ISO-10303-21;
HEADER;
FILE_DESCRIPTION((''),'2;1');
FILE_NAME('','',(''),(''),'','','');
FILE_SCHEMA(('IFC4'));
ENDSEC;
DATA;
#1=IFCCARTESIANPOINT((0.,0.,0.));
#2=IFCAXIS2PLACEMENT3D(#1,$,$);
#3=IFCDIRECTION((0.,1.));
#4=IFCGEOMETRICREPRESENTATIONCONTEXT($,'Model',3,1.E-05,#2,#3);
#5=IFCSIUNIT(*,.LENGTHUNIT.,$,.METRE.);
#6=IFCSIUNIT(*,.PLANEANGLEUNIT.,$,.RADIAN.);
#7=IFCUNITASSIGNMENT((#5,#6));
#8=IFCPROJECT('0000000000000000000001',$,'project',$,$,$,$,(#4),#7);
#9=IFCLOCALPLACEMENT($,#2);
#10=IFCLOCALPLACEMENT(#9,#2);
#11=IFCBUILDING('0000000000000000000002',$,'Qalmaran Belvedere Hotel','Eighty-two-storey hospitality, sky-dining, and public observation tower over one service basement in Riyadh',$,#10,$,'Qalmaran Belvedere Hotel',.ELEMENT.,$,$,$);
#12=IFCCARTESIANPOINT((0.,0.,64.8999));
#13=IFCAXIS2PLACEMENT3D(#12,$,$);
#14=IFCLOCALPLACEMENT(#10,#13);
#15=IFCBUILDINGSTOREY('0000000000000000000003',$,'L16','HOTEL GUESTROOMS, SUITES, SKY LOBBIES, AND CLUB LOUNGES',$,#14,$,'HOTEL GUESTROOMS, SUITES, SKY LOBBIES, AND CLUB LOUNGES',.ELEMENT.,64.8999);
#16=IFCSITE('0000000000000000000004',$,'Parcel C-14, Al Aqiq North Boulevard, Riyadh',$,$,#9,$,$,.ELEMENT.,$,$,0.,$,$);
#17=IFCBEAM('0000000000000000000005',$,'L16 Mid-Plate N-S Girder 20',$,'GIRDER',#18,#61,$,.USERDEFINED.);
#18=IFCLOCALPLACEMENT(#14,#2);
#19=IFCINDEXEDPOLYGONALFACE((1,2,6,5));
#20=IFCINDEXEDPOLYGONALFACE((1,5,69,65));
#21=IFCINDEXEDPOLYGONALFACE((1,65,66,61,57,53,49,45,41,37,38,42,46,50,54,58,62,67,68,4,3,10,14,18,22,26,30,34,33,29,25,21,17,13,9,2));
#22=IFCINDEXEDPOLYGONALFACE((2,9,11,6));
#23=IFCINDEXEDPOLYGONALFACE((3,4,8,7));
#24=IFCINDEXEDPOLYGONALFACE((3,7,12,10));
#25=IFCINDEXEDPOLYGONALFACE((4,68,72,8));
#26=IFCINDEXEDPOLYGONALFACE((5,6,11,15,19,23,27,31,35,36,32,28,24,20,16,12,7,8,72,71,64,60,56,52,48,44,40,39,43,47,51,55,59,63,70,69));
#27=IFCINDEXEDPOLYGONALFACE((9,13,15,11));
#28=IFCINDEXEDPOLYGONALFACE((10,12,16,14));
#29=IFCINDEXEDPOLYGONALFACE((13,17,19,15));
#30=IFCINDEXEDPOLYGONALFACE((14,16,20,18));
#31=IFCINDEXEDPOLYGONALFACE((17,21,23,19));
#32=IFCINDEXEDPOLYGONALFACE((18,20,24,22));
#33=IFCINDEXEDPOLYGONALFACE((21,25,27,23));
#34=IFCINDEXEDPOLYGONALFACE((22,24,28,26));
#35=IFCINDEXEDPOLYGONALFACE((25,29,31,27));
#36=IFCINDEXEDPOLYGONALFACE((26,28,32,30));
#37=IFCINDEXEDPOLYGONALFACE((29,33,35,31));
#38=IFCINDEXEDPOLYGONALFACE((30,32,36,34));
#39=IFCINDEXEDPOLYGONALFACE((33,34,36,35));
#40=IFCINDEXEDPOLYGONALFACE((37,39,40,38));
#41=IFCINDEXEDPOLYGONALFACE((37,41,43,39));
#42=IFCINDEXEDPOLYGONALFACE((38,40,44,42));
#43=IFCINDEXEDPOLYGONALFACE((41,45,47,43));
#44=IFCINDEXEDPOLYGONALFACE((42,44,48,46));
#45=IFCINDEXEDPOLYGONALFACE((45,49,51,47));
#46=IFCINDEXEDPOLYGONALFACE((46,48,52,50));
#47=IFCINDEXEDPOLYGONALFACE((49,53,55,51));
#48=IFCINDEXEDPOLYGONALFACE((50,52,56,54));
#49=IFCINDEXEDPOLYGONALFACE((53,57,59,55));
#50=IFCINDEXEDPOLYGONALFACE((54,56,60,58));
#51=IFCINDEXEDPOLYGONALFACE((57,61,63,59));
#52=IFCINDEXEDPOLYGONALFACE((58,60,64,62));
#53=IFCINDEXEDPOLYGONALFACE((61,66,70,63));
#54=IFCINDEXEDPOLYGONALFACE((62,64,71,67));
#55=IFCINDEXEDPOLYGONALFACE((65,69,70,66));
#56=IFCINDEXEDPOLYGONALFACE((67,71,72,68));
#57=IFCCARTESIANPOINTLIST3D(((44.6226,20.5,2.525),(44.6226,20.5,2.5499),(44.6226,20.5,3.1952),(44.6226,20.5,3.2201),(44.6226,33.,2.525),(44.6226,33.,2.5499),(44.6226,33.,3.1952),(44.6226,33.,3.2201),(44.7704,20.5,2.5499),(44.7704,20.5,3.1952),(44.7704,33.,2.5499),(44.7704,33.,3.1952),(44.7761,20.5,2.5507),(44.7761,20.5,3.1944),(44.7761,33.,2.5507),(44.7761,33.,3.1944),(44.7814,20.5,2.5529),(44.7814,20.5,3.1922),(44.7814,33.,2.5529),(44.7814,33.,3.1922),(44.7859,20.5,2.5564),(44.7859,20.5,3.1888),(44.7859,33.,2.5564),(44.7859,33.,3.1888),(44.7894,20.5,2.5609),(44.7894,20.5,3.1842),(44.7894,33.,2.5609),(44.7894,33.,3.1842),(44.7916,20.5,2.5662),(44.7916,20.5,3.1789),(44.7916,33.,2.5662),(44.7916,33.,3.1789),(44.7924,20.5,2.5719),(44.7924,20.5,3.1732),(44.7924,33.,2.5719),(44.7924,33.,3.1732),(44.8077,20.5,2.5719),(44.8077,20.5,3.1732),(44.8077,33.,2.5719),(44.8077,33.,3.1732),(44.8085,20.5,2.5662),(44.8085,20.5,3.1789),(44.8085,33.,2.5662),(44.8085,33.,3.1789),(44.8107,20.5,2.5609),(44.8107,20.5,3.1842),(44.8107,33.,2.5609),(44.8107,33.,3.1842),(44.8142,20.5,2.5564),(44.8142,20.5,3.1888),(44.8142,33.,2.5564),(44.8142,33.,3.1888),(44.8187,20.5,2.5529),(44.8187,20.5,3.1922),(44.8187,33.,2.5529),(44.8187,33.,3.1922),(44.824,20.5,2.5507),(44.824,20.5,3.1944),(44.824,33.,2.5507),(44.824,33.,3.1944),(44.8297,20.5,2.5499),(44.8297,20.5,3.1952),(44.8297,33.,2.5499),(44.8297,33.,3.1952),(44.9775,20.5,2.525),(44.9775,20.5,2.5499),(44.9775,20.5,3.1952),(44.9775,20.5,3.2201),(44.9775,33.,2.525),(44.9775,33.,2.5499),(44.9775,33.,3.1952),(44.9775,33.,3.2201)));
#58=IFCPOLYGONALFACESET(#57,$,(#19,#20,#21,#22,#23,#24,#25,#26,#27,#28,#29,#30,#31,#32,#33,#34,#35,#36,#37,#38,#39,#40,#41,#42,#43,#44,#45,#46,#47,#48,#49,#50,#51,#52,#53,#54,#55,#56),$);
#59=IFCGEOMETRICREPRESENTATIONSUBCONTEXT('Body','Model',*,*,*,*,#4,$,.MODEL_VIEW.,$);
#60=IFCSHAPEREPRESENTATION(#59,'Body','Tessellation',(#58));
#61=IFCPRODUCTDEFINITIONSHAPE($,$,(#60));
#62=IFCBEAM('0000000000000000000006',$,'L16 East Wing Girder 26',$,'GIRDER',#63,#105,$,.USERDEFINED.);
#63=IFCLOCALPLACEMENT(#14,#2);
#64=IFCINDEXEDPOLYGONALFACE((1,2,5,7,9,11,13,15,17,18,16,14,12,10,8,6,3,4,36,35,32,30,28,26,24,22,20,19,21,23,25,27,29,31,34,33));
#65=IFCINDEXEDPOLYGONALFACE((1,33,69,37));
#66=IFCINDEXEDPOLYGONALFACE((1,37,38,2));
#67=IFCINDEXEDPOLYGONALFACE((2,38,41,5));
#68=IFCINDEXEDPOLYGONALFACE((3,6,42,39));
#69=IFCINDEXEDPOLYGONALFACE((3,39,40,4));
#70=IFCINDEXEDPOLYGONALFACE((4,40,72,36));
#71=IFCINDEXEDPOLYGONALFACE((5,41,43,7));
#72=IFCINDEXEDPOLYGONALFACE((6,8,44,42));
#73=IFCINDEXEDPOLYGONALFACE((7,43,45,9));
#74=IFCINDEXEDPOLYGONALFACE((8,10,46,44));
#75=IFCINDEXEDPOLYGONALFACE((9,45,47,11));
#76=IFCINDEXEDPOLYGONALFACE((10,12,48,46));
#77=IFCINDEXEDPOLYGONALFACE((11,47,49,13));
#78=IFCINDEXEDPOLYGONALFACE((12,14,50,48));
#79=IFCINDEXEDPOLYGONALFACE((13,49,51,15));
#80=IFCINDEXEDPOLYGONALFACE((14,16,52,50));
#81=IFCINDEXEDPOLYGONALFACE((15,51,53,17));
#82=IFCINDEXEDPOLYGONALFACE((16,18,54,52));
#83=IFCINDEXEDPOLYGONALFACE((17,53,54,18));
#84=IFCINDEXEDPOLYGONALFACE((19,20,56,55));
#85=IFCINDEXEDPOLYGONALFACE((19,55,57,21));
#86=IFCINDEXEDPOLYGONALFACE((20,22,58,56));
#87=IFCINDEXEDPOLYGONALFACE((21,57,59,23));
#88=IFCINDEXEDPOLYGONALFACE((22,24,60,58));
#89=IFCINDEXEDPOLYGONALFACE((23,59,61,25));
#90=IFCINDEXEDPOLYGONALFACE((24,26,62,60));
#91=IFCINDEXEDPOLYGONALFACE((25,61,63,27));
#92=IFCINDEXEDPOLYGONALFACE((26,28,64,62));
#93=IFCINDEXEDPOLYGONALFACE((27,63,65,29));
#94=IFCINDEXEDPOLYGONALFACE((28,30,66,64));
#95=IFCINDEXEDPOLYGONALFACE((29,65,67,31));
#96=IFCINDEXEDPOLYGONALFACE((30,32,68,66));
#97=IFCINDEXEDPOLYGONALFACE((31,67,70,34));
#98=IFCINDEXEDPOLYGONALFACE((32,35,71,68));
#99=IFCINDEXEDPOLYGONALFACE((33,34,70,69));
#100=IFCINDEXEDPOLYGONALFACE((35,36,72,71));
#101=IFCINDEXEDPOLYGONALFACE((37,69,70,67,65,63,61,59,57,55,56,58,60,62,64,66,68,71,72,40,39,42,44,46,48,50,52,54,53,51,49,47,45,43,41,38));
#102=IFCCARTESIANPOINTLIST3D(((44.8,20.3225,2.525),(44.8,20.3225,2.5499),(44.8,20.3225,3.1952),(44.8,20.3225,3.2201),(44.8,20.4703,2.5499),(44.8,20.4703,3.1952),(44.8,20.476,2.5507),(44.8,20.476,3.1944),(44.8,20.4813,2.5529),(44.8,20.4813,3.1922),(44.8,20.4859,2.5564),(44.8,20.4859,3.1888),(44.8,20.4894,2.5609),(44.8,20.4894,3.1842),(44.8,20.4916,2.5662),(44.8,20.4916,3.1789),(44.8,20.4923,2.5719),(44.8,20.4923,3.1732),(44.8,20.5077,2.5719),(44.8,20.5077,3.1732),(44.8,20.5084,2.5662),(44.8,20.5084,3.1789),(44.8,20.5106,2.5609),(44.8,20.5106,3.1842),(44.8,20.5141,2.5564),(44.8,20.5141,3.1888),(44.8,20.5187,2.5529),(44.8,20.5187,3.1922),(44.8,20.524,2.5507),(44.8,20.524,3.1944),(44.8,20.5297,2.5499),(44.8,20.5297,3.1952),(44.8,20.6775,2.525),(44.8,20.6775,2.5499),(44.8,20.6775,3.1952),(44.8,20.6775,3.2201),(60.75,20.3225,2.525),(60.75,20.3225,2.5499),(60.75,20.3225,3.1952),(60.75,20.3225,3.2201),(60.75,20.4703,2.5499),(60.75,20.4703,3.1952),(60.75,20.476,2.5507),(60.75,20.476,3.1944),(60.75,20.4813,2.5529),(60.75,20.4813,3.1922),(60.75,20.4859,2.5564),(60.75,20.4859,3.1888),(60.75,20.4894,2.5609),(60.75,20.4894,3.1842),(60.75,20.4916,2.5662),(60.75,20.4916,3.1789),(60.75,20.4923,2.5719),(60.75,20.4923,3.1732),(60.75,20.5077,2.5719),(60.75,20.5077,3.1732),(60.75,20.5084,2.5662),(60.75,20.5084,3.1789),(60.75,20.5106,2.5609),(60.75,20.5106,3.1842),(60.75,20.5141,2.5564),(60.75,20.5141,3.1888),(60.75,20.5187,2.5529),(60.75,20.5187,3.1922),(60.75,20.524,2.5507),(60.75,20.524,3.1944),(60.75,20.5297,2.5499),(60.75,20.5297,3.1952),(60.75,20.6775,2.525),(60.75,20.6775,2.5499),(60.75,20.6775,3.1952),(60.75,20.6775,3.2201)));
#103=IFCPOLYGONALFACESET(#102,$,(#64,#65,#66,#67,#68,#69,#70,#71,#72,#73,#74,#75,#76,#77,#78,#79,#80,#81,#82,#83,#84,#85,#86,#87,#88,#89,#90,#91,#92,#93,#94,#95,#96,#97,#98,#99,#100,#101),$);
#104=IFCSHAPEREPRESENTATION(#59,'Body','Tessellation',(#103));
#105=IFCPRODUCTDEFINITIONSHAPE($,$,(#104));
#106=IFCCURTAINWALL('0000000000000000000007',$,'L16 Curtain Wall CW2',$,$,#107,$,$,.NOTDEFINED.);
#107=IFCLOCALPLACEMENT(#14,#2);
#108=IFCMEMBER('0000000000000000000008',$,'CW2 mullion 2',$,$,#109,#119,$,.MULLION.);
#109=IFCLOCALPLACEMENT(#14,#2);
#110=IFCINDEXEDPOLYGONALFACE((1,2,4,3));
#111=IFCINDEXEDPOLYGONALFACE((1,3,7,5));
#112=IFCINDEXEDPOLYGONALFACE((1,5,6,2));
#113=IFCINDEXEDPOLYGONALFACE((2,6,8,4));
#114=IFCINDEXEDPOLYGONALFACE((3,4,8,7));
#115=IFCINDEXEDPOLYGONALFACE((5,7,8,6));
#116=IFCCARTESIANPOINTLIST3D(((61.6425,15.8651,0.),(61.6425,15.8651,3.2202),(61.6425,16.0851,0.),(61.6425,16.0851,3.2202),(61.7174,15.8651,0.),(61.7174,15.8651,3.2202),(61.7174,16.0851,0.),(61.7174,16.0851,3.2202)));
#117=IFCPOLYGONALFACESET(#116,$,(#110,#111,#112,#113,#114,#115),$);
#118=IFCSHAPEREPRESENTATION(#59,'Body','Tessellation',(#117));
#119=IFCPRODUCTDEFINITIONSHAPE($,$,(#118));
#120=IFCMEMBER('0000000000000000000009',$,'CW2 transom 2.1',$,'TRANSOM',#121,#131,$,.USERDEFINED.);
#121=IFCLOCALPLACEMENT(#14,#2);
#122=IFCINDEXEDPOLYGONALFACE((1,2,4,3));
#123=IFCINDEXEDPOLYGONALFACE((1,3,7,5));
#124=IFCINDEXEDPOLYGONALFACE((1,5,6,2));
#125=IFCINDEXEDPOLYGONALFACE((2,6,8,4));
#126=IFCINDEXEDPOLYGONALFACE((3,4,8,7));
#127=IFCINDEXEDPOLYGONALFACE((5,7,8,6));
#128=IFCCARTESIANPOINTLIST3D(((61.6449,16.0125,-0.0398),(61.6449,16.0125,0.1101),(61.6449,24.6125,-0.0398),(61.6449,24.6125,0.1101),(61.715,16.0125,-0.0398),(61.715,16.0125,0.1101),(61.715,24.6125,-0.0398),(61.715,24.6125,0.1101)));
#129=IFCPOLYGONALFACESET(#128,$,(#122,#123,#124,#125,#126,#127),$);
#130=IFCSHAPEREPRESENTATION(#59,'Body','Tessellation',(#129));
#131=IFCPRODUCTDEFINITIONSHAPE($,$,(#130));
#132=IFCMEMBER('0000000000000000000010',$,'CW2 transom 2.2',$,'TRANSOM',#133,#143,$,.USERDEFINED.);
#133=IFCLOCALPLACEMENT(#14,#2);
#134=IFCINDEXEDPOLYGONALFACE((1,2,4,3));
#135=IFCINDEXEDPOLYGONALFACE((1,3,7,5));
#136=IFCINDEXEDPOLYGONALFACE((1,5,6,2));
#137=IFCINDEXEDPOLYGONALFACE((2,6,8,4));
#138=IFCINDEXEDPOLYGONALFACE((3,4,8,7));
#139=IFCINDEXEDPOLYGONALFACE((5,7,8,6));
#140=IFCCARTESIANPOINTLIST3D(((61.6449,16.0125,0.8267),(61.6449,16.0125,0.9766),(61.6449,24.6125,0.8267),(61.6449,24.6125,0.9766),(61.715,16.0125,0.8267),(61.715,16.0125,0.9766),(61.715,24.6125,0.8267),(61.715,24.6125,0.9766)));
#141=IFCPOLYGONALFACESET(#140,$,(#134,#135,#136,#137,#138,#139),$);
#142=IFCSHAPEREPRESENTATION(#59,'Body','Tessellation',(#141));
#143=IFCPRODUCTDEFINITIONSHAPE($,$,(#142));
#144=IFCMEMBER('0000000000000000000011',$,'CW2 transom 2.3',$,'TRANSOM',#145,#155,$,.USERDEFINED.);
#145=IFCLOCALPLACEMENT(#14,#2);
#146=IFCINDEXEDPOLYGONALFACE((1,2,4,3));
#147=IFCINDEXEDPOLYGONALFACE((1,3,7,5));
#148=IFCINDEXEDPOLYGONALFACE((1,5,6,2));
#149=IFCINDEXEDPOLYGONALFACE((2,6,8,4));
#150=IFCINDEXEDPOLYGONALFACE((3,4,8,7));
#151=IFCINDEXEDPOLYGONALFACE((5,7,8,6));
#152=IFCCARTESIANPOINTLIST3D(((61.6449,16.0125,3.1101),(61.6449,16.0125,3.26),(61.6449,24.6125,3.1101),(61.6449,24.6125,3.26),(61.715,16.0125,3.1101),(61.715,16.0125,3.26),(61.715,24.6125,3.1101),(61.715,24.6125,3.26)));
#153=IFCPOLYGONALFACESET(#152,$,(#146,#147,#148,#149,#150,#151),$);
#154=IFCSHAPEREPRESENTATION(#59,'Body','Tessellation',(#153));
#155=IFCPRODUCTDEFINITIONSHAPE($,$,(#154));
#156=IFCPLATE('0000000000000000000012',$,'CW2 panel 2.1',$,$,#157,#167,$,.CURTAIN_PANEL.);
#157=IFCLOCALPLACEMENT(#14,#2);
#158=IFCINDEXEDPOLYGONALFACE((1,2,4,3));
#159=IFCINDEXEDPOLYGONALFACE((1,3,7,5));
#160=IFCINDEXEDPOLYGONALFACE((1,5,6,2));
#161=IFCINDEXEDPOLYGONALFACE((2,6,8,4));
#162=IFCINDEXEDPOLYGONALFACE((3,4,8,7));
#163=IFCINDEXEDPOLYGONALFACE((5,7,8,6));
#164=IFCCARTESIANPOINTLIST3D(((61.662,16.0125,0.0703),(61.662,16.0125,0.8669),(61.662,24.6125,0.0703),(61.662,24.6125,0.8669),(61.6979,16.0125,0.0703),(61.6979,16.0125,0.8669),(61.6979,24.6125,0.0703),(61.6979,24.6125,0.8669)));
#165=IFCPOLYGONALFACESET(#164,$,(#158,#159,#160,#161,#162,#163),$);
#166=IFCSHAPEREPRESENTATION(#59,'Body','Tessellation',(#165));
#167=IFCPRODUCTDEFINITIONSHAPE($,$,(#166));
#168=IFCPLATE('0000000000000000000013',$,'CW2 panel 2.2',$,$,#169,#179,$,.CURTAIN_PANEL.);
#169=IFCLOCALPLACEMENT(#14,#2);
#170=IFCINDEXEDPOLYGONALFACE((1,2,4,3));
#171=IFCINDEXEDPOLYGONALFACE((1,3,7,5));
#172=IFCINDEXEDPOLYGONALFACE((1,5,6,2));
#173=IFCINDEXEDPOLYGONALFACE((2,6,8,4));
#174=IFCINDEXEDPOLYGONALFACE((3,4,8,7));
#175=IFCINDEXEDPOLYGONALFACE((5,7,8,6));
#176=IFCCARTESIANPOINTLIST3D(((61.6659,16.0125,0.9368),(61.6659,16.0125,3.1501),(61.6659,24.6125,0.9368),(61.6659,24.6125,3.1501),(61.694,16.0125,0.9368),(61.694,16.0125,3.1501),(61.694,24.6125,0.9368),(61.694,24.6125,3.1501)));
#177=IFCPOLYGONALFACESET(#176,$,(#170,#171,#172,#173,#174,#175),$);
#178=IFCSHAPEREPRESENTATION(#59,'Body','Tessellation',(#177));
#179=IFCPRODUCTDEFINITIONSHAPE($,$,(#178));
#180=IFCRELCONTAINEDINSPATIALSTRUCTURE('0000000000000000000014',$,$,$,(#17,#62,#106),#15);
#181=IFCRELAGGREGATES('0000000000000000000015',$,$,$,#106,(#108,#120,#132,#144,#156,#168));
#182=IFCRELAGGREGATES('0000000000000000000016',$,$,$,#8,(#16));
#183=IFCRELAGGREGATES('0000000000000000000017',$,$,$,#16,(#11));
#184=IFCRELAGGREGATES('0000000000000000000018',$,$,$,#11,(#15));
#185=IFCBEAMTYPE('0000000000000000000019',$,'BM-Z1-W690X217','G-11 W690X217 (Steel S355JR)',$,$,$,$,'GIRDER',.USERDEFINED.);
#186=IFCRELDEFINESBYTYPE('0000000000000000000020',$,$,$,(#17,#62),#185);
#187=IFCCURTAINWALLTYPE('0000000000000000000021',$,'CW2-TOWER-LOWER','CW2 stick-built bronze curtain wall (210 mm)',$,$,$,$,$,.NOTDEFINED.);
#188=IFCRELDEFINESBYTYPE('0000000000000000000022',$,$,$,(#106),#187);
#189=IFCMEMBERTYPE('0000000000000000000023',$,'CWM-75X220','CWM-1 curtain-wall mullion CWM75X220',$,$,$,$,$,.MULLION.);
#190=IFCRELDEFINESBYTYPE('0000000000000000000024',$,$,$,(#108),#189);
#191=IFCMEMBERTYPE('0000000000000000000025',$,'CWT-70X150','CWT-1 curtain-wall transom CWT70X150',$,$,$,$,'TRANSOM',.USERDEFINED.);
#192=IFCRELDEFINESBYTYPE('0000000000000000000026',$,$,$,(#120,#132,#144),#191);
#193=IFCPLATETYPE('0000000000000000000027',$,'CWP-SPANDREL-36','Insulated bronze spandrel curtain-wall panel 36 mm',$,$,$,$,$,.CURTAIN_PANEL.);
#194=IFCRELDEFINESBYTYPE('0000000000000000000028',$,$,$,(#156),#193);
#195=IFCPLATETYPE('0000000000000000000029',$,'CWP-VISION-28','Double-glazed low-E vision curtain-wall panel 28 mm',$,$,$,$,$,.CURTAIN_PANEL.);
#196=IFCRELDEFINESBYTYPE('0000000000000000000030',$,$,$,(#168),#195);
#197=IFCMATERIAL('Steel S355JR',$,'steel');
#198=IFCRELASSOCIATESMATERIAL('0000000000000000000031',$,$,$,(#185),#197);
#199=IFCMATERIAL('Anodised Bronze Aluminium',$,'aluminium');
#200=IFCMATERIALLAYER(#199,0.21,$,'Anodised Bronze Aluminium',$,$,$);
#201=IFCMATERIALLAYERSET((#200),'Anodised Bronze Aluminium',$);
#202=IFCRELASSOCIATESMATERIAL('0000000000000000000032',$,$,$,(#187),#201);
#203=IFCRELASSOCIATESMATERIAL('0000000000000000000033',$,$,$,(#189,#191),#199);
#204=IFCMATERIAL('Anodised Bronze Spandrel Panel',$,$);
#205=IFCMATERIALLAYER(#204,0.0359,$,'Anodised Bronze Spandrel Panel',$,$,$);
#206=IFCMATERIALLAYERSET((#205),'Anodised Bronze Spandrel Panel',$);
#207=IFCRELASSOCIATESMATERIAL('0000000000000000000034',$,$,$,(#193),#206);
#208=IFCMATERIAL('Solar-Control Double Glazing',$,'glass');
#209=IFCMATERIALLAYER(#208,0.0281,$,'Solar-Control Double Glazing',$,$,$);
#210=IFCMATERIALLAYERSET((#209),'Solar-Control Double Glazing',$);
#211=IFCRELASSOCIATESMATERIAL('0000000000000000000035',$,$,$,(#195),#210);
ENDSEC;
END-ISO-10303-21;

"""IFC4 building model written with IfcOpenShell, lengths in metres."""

from ifc_helpers import new_model, si_unit, direction, frame, origin, origin_2d, place, context, subcontext, project, spatial, rectangle, i_section, extrude, material, layer, layer_set, material_profile, profile_set, type_object, element, aggregate, save


model = new_model("IFC4")

# Units and contexts
model_context = context("Model", 3, precision=1e-05, world=origin(), true_north=direction((0.0, 1.0)))
body_context = subcontext(model_context, "Body", "Model", "MODEL_VIEW")
ifc_project = project(units=[si_unit("LENGTHUNIT", "METRE"), si_unit("PLANEANGLEUNIT", "RADIAN")], contexts=[model_context])

# Site, building, storey
site_placement = place(None, origin())
site = spatial("IfcSite", under=ifc_project, at=site_placement, Name="Parcel C-14, Al Aqiq North Boulevard, Riyadh", CompositionType="ELEMENT", RefElevation=0.0)
building_placement = place(site_placement, origin())
building = spatial("IfcBuilding", under=site, at=building_placement, Name="Qalmaran Belvedere Hotel", Description="Eighty-two-storey hospitality, sky-dining, and public observation tower over one service basement in Riyadh", LongName="Qalmaran Belvedere Hotel", CompositionType="ELEMENT")
storey_placement = place(building_placement, frame((0.0, 0.0, 64.8999)))
storey = spatial("IfcBuildingStorey", under=building, at=storey_placement, Name="L16", Description="HOTEL GUESTROOMS, SUITES, SKY LOBBIES, AND CLUB LOUNGES", LongName="HOTEL GUESTROOMS, SUITES, SKY LOBBIES, AND CLUB LOUNGES", CompositionType="ELEMENT", Elevation=64.8999)

# Beams
ifc_material_1 = material(Name="Steel S355JR", Category="steel")
ifc_material_profile_1 = material_profile(ifc_material_1, i_section(OverallWidth=0.355, OverallDepth=0.6951, WebThickness=0.0154, FlangeThickness=0.0249, FilletRadius=0.022, at=origin_2d()), Name="W690X217")
ifc_profile_set_1 = profile_set([ifc_material_profile_1], Name="Steel S355JR")
beam_type_1 = type_object("IfcBeamType", Name="BM-Z1-W690X217", Description="G-11 W690X217 (Steel S355JR)", ElementType="GIRDER", PredefinedType="USERDEFINED", material=ifc_profile_set_1)
beam_1_placement = place(storey_placement, frame((44.8, 20.5, 2.8726), z_axis=(0.0, 1.0, 0.0), x_axis=(-1.0, 0.0, 0.0)))
element("IfcBeam", 1, at=beam_1_placement, inside=storey, type_object=beam_type_1, Name="L16 Mid-Plate N-S Girder 20", ObjectType="GIRDER", PredefinedType="USERDEFINED", context=body_context, shape_type="SweptSolid", body=[
    extrude(i_section(OverallWidth=0.355, OverallDepth=0.6951, WebThickness=0.0154, FlangeThickness=0.0249, FilletRadius=0.022, at=origin_2d()), origin(), (0.0, 0.0, 1.0), 12.5),
])
beam_2_placement = place(storey_placement, frame((44.8, 20.5, 2.8726), z_axis=(1.0, 0.0, 0.0), x_axis=(0.0, 1.0, 0.0)))
element("IfcBeam", 2, at=beam_2_placement, inside=storey, type_object=beam_type_1, Name="L16 East Wing Girder 26", ObjectType="GIRDER", PredefinedType="USERDEFINED", context=body_context, shape_type="SweptSolid", body=[
    extrude(i_section(OverallWidth=0.355, OverallDepth=0.6951, WebThickness=0.0154, FlangeThickness=0.0249, FilletRadius=0.022, at=origin_2d()), origin(), (0.0, 0.0, 1.0), 15.95),
])

# Curtain wall, members, plates
ifc_material_2 = material(Name="Anodised Bronze Aluminium", Category="aluminium")
ifc_layer_1 = layer(ifc_material_2, 0.21, Name="Anodised Bronze Aluminium")
ifc_layer_set_1 = layer_set([ifc_layer_1], Name="Anodised Bronze Aluminium")
curtain_wall_type = type_object("IfcCurtainWallType", Name="CW2-TOWER-LOWER", Description="CW2 stick-built bronze curtain wall (210 mm)", PredefinedType="NOTDEFINED", material=ifc_layer_set_1)
curtain_wall_placement = place(storey_placement, origin())
curtain_wall = element("IfcCurtainWall", 3, at=curtain_wall_placement, inside=storey, type_object=curtain_wall_type, Name="L16 Curtain Wall CW2", PredefinedType="NOTDEFINED")
ifc_material_profile_2 = material_profile(ifc_material_2, rectangle(XDim=0.075, YDim=0.22, at=origin_2d()), Name="CWM75X220")
ifc_profile_set_2 = profile_set([ifc_material_profile_2], Name="Anodised Bronze Aluminium")
member_type_1 = type_object("IfcMemberType", Name="CWM-75X220", Description="CWM-1 curtain-wall mullion CWM75X220", PredefinedType="MULLION", material=ifc_profile_set_2)
member_1_placement = place(storey_placement, frame((61.6799, 15.9751, 0.0), z_axis=(0.0, 0.0, 1.0), x_axis=(-1.0, 0.0, 0.0)))
member_1 = element("IfcMember", 4, at=member_1_placement, type_object=member_type_1, Name="CW2 mullion 2", PredefinedType="MULLION", context=body_context, shape_type="SweptSolid", body=[
    extrude(rectangle(XDim=0.075, YDim=0.22, at=origin_2d()), origin(), (0.0, 0.0, 1.0), 3.2202),
])
ifc_material_profile_3 = material_profile(ifc_material_2, rectangle(XDim=0.0701, YDim=0.1499, at=origin_2d()), Name="CWT70X150")
ifc_profile_set_3 = profile_set([ifc_material_profile_3], Name="Anodised Bronze Aluminium")
member_type_2 = type_object("IfcMemberType", Name="CWT-70X150", Description="CWT-1 curtain-wall transom CWT70X150", ElementType="TRANSOM", PredefinedType="USERDEFINED", material=ifc_profile_set_3)
member_2_placement = place(storey_placement, frame((61.6799, 16.0125, 0.0352), z_axis=(0.0, 1.0, 0.0), x_axis=(-1.0, 0.0, 0.0)))
member_2 = element("IfcMember", 5, at=member_2_placement, type_object=member_type_2, Name="CW2 transom 2.1", ObjectType="TRANSOM", PredefinedType="USERDEFINED", context=body_context, shape_type="SweptSolid", body=[
    extrude(rectangle(XDim=0.0701, YDim=0.1499, at=origin_2d()), origin(), (0.0, 0.0, 1.0), 8.6001),
])
member_3_placement = place(storey_placement, frame((61.6799, 16.0125, 0.9016), z_axis=(0.0, 1.0, 0.0), x_axis=(-1.0, 0.0, 0.0)))
member_3 = element("IfcMember", 6, at=member_3_placement, type_object=member_type_2, Name="CW2 transom 2.2", ObjectType="TRANSOM", PredefinedType="USERDEFINED", context=body_context, shape_type="SweptSolid", body=[
    extrude(rectangle(XDim=0.0701, YDim=0.1499, at=origin_2d()), origin(), (0.0, 0.0, 1.0), 8.6001),
])
member_4_placement = place(storey_placement, frame((61.6799, 16.0125, 3.1851), z_axis=(0.0, 1.0, 0.0), x_axis=(-1.0, 0.0, 0.0)))
member_4 = element("IfcMember", 7, at=member_4_placement, type_object=member_type_2, Name="CW2 transom 2.3", ObjectType="TRANSOM", PredefinedType="USERDEFINED", context=body_context, shape_type="SweptSolid", body=[
    extrude(rectangle(XDim=0.0701, YDim=0.1499, at=origin_2d()), origin(), (0.0, 0.0, 1.0), 8.6001),
])
ifc_material_3 = material(Name="Anodised Bronze Spandrel Panel")
ifc_layer_2 = layer(ifc_material_3, 0.0359, Name="Anodised Bronze Spandrel Panel")
ifc_layer_set_2 = layer_set([ifc_layer_2], Name="Anodised Bronze Spandrel Panel")
plate_type_1 = type_object("IfcPlateType", Name="CWP-SPANDREL-36", Description="Insulated bronze spandrel curtain-wall panel 36 mm", PredefinedType="CURTAIN_PANEL", material=ifc_layer_set_2)
plate_1_placement = place(storey_placement, frame((61.6799, 20.3125, 0.0703), z_axis=(0.0, 0.0, 1.0), x_axis=(0.0, 1.0, 0.0)))
plate_1 = element("IfcPlate", 8, at=plate_1_placement, type_object=plate_type_1, Name="CW2 panel 2.1", PredefinedType="CURTAIN_PANEL", context=body_context, shape_type="SweptSolid", body=[
    extrude(rectangle(XDim=8.6001, YDim=0.0359, at=origin_2d()), origin(), (0.0, 0.0, 1.0), 0.7966),
])
ifc_material_4 = material(Name="Solar-Control Double Glazing", Category="glass")
ifc_layer_3 = layer(ifc_material_4, 0.0281, Name="Solar-Control Double Glazing")
ifc_layer_set_3 = layer_set([ifc_layer_3], Name="Solar-Control Double Glazing")
plate_type_2 = type_object("IfcPlateType", Name="CWP-VISION-28", Description="Double-glazed low-E vision curtain-wall panel 28 mm", PredefinedType="CURTAIN_PANEL", material=ifc_layer_set_3)
plate_2_placement = place(storey_placement, frame((61.6799, 20.3125, 0.9368), z_axis=(0.0, 0.0, 1.0), x_axis=(0.0, 1.0, 0.0)))
plate_2 = element("IfcPlate", 9, at=plate_2_placement, type_object=plate_type_2, Name="CW2 panel 2.2", PredefinedType="CURTAIN_PANEL", context=body_context, shape_type="SweptSolid", body=[
    extrude(rectangle(XDim=8.6001, YDim=0.0281, at=origin_2d()), origin(), (0.0, 0.0, 1.0), 2.2134),
])
aggregate(curtain_wall, [member_1, member_2, member_3, member_4, plate_1, plate_2])

save(model, "model.ifc")
